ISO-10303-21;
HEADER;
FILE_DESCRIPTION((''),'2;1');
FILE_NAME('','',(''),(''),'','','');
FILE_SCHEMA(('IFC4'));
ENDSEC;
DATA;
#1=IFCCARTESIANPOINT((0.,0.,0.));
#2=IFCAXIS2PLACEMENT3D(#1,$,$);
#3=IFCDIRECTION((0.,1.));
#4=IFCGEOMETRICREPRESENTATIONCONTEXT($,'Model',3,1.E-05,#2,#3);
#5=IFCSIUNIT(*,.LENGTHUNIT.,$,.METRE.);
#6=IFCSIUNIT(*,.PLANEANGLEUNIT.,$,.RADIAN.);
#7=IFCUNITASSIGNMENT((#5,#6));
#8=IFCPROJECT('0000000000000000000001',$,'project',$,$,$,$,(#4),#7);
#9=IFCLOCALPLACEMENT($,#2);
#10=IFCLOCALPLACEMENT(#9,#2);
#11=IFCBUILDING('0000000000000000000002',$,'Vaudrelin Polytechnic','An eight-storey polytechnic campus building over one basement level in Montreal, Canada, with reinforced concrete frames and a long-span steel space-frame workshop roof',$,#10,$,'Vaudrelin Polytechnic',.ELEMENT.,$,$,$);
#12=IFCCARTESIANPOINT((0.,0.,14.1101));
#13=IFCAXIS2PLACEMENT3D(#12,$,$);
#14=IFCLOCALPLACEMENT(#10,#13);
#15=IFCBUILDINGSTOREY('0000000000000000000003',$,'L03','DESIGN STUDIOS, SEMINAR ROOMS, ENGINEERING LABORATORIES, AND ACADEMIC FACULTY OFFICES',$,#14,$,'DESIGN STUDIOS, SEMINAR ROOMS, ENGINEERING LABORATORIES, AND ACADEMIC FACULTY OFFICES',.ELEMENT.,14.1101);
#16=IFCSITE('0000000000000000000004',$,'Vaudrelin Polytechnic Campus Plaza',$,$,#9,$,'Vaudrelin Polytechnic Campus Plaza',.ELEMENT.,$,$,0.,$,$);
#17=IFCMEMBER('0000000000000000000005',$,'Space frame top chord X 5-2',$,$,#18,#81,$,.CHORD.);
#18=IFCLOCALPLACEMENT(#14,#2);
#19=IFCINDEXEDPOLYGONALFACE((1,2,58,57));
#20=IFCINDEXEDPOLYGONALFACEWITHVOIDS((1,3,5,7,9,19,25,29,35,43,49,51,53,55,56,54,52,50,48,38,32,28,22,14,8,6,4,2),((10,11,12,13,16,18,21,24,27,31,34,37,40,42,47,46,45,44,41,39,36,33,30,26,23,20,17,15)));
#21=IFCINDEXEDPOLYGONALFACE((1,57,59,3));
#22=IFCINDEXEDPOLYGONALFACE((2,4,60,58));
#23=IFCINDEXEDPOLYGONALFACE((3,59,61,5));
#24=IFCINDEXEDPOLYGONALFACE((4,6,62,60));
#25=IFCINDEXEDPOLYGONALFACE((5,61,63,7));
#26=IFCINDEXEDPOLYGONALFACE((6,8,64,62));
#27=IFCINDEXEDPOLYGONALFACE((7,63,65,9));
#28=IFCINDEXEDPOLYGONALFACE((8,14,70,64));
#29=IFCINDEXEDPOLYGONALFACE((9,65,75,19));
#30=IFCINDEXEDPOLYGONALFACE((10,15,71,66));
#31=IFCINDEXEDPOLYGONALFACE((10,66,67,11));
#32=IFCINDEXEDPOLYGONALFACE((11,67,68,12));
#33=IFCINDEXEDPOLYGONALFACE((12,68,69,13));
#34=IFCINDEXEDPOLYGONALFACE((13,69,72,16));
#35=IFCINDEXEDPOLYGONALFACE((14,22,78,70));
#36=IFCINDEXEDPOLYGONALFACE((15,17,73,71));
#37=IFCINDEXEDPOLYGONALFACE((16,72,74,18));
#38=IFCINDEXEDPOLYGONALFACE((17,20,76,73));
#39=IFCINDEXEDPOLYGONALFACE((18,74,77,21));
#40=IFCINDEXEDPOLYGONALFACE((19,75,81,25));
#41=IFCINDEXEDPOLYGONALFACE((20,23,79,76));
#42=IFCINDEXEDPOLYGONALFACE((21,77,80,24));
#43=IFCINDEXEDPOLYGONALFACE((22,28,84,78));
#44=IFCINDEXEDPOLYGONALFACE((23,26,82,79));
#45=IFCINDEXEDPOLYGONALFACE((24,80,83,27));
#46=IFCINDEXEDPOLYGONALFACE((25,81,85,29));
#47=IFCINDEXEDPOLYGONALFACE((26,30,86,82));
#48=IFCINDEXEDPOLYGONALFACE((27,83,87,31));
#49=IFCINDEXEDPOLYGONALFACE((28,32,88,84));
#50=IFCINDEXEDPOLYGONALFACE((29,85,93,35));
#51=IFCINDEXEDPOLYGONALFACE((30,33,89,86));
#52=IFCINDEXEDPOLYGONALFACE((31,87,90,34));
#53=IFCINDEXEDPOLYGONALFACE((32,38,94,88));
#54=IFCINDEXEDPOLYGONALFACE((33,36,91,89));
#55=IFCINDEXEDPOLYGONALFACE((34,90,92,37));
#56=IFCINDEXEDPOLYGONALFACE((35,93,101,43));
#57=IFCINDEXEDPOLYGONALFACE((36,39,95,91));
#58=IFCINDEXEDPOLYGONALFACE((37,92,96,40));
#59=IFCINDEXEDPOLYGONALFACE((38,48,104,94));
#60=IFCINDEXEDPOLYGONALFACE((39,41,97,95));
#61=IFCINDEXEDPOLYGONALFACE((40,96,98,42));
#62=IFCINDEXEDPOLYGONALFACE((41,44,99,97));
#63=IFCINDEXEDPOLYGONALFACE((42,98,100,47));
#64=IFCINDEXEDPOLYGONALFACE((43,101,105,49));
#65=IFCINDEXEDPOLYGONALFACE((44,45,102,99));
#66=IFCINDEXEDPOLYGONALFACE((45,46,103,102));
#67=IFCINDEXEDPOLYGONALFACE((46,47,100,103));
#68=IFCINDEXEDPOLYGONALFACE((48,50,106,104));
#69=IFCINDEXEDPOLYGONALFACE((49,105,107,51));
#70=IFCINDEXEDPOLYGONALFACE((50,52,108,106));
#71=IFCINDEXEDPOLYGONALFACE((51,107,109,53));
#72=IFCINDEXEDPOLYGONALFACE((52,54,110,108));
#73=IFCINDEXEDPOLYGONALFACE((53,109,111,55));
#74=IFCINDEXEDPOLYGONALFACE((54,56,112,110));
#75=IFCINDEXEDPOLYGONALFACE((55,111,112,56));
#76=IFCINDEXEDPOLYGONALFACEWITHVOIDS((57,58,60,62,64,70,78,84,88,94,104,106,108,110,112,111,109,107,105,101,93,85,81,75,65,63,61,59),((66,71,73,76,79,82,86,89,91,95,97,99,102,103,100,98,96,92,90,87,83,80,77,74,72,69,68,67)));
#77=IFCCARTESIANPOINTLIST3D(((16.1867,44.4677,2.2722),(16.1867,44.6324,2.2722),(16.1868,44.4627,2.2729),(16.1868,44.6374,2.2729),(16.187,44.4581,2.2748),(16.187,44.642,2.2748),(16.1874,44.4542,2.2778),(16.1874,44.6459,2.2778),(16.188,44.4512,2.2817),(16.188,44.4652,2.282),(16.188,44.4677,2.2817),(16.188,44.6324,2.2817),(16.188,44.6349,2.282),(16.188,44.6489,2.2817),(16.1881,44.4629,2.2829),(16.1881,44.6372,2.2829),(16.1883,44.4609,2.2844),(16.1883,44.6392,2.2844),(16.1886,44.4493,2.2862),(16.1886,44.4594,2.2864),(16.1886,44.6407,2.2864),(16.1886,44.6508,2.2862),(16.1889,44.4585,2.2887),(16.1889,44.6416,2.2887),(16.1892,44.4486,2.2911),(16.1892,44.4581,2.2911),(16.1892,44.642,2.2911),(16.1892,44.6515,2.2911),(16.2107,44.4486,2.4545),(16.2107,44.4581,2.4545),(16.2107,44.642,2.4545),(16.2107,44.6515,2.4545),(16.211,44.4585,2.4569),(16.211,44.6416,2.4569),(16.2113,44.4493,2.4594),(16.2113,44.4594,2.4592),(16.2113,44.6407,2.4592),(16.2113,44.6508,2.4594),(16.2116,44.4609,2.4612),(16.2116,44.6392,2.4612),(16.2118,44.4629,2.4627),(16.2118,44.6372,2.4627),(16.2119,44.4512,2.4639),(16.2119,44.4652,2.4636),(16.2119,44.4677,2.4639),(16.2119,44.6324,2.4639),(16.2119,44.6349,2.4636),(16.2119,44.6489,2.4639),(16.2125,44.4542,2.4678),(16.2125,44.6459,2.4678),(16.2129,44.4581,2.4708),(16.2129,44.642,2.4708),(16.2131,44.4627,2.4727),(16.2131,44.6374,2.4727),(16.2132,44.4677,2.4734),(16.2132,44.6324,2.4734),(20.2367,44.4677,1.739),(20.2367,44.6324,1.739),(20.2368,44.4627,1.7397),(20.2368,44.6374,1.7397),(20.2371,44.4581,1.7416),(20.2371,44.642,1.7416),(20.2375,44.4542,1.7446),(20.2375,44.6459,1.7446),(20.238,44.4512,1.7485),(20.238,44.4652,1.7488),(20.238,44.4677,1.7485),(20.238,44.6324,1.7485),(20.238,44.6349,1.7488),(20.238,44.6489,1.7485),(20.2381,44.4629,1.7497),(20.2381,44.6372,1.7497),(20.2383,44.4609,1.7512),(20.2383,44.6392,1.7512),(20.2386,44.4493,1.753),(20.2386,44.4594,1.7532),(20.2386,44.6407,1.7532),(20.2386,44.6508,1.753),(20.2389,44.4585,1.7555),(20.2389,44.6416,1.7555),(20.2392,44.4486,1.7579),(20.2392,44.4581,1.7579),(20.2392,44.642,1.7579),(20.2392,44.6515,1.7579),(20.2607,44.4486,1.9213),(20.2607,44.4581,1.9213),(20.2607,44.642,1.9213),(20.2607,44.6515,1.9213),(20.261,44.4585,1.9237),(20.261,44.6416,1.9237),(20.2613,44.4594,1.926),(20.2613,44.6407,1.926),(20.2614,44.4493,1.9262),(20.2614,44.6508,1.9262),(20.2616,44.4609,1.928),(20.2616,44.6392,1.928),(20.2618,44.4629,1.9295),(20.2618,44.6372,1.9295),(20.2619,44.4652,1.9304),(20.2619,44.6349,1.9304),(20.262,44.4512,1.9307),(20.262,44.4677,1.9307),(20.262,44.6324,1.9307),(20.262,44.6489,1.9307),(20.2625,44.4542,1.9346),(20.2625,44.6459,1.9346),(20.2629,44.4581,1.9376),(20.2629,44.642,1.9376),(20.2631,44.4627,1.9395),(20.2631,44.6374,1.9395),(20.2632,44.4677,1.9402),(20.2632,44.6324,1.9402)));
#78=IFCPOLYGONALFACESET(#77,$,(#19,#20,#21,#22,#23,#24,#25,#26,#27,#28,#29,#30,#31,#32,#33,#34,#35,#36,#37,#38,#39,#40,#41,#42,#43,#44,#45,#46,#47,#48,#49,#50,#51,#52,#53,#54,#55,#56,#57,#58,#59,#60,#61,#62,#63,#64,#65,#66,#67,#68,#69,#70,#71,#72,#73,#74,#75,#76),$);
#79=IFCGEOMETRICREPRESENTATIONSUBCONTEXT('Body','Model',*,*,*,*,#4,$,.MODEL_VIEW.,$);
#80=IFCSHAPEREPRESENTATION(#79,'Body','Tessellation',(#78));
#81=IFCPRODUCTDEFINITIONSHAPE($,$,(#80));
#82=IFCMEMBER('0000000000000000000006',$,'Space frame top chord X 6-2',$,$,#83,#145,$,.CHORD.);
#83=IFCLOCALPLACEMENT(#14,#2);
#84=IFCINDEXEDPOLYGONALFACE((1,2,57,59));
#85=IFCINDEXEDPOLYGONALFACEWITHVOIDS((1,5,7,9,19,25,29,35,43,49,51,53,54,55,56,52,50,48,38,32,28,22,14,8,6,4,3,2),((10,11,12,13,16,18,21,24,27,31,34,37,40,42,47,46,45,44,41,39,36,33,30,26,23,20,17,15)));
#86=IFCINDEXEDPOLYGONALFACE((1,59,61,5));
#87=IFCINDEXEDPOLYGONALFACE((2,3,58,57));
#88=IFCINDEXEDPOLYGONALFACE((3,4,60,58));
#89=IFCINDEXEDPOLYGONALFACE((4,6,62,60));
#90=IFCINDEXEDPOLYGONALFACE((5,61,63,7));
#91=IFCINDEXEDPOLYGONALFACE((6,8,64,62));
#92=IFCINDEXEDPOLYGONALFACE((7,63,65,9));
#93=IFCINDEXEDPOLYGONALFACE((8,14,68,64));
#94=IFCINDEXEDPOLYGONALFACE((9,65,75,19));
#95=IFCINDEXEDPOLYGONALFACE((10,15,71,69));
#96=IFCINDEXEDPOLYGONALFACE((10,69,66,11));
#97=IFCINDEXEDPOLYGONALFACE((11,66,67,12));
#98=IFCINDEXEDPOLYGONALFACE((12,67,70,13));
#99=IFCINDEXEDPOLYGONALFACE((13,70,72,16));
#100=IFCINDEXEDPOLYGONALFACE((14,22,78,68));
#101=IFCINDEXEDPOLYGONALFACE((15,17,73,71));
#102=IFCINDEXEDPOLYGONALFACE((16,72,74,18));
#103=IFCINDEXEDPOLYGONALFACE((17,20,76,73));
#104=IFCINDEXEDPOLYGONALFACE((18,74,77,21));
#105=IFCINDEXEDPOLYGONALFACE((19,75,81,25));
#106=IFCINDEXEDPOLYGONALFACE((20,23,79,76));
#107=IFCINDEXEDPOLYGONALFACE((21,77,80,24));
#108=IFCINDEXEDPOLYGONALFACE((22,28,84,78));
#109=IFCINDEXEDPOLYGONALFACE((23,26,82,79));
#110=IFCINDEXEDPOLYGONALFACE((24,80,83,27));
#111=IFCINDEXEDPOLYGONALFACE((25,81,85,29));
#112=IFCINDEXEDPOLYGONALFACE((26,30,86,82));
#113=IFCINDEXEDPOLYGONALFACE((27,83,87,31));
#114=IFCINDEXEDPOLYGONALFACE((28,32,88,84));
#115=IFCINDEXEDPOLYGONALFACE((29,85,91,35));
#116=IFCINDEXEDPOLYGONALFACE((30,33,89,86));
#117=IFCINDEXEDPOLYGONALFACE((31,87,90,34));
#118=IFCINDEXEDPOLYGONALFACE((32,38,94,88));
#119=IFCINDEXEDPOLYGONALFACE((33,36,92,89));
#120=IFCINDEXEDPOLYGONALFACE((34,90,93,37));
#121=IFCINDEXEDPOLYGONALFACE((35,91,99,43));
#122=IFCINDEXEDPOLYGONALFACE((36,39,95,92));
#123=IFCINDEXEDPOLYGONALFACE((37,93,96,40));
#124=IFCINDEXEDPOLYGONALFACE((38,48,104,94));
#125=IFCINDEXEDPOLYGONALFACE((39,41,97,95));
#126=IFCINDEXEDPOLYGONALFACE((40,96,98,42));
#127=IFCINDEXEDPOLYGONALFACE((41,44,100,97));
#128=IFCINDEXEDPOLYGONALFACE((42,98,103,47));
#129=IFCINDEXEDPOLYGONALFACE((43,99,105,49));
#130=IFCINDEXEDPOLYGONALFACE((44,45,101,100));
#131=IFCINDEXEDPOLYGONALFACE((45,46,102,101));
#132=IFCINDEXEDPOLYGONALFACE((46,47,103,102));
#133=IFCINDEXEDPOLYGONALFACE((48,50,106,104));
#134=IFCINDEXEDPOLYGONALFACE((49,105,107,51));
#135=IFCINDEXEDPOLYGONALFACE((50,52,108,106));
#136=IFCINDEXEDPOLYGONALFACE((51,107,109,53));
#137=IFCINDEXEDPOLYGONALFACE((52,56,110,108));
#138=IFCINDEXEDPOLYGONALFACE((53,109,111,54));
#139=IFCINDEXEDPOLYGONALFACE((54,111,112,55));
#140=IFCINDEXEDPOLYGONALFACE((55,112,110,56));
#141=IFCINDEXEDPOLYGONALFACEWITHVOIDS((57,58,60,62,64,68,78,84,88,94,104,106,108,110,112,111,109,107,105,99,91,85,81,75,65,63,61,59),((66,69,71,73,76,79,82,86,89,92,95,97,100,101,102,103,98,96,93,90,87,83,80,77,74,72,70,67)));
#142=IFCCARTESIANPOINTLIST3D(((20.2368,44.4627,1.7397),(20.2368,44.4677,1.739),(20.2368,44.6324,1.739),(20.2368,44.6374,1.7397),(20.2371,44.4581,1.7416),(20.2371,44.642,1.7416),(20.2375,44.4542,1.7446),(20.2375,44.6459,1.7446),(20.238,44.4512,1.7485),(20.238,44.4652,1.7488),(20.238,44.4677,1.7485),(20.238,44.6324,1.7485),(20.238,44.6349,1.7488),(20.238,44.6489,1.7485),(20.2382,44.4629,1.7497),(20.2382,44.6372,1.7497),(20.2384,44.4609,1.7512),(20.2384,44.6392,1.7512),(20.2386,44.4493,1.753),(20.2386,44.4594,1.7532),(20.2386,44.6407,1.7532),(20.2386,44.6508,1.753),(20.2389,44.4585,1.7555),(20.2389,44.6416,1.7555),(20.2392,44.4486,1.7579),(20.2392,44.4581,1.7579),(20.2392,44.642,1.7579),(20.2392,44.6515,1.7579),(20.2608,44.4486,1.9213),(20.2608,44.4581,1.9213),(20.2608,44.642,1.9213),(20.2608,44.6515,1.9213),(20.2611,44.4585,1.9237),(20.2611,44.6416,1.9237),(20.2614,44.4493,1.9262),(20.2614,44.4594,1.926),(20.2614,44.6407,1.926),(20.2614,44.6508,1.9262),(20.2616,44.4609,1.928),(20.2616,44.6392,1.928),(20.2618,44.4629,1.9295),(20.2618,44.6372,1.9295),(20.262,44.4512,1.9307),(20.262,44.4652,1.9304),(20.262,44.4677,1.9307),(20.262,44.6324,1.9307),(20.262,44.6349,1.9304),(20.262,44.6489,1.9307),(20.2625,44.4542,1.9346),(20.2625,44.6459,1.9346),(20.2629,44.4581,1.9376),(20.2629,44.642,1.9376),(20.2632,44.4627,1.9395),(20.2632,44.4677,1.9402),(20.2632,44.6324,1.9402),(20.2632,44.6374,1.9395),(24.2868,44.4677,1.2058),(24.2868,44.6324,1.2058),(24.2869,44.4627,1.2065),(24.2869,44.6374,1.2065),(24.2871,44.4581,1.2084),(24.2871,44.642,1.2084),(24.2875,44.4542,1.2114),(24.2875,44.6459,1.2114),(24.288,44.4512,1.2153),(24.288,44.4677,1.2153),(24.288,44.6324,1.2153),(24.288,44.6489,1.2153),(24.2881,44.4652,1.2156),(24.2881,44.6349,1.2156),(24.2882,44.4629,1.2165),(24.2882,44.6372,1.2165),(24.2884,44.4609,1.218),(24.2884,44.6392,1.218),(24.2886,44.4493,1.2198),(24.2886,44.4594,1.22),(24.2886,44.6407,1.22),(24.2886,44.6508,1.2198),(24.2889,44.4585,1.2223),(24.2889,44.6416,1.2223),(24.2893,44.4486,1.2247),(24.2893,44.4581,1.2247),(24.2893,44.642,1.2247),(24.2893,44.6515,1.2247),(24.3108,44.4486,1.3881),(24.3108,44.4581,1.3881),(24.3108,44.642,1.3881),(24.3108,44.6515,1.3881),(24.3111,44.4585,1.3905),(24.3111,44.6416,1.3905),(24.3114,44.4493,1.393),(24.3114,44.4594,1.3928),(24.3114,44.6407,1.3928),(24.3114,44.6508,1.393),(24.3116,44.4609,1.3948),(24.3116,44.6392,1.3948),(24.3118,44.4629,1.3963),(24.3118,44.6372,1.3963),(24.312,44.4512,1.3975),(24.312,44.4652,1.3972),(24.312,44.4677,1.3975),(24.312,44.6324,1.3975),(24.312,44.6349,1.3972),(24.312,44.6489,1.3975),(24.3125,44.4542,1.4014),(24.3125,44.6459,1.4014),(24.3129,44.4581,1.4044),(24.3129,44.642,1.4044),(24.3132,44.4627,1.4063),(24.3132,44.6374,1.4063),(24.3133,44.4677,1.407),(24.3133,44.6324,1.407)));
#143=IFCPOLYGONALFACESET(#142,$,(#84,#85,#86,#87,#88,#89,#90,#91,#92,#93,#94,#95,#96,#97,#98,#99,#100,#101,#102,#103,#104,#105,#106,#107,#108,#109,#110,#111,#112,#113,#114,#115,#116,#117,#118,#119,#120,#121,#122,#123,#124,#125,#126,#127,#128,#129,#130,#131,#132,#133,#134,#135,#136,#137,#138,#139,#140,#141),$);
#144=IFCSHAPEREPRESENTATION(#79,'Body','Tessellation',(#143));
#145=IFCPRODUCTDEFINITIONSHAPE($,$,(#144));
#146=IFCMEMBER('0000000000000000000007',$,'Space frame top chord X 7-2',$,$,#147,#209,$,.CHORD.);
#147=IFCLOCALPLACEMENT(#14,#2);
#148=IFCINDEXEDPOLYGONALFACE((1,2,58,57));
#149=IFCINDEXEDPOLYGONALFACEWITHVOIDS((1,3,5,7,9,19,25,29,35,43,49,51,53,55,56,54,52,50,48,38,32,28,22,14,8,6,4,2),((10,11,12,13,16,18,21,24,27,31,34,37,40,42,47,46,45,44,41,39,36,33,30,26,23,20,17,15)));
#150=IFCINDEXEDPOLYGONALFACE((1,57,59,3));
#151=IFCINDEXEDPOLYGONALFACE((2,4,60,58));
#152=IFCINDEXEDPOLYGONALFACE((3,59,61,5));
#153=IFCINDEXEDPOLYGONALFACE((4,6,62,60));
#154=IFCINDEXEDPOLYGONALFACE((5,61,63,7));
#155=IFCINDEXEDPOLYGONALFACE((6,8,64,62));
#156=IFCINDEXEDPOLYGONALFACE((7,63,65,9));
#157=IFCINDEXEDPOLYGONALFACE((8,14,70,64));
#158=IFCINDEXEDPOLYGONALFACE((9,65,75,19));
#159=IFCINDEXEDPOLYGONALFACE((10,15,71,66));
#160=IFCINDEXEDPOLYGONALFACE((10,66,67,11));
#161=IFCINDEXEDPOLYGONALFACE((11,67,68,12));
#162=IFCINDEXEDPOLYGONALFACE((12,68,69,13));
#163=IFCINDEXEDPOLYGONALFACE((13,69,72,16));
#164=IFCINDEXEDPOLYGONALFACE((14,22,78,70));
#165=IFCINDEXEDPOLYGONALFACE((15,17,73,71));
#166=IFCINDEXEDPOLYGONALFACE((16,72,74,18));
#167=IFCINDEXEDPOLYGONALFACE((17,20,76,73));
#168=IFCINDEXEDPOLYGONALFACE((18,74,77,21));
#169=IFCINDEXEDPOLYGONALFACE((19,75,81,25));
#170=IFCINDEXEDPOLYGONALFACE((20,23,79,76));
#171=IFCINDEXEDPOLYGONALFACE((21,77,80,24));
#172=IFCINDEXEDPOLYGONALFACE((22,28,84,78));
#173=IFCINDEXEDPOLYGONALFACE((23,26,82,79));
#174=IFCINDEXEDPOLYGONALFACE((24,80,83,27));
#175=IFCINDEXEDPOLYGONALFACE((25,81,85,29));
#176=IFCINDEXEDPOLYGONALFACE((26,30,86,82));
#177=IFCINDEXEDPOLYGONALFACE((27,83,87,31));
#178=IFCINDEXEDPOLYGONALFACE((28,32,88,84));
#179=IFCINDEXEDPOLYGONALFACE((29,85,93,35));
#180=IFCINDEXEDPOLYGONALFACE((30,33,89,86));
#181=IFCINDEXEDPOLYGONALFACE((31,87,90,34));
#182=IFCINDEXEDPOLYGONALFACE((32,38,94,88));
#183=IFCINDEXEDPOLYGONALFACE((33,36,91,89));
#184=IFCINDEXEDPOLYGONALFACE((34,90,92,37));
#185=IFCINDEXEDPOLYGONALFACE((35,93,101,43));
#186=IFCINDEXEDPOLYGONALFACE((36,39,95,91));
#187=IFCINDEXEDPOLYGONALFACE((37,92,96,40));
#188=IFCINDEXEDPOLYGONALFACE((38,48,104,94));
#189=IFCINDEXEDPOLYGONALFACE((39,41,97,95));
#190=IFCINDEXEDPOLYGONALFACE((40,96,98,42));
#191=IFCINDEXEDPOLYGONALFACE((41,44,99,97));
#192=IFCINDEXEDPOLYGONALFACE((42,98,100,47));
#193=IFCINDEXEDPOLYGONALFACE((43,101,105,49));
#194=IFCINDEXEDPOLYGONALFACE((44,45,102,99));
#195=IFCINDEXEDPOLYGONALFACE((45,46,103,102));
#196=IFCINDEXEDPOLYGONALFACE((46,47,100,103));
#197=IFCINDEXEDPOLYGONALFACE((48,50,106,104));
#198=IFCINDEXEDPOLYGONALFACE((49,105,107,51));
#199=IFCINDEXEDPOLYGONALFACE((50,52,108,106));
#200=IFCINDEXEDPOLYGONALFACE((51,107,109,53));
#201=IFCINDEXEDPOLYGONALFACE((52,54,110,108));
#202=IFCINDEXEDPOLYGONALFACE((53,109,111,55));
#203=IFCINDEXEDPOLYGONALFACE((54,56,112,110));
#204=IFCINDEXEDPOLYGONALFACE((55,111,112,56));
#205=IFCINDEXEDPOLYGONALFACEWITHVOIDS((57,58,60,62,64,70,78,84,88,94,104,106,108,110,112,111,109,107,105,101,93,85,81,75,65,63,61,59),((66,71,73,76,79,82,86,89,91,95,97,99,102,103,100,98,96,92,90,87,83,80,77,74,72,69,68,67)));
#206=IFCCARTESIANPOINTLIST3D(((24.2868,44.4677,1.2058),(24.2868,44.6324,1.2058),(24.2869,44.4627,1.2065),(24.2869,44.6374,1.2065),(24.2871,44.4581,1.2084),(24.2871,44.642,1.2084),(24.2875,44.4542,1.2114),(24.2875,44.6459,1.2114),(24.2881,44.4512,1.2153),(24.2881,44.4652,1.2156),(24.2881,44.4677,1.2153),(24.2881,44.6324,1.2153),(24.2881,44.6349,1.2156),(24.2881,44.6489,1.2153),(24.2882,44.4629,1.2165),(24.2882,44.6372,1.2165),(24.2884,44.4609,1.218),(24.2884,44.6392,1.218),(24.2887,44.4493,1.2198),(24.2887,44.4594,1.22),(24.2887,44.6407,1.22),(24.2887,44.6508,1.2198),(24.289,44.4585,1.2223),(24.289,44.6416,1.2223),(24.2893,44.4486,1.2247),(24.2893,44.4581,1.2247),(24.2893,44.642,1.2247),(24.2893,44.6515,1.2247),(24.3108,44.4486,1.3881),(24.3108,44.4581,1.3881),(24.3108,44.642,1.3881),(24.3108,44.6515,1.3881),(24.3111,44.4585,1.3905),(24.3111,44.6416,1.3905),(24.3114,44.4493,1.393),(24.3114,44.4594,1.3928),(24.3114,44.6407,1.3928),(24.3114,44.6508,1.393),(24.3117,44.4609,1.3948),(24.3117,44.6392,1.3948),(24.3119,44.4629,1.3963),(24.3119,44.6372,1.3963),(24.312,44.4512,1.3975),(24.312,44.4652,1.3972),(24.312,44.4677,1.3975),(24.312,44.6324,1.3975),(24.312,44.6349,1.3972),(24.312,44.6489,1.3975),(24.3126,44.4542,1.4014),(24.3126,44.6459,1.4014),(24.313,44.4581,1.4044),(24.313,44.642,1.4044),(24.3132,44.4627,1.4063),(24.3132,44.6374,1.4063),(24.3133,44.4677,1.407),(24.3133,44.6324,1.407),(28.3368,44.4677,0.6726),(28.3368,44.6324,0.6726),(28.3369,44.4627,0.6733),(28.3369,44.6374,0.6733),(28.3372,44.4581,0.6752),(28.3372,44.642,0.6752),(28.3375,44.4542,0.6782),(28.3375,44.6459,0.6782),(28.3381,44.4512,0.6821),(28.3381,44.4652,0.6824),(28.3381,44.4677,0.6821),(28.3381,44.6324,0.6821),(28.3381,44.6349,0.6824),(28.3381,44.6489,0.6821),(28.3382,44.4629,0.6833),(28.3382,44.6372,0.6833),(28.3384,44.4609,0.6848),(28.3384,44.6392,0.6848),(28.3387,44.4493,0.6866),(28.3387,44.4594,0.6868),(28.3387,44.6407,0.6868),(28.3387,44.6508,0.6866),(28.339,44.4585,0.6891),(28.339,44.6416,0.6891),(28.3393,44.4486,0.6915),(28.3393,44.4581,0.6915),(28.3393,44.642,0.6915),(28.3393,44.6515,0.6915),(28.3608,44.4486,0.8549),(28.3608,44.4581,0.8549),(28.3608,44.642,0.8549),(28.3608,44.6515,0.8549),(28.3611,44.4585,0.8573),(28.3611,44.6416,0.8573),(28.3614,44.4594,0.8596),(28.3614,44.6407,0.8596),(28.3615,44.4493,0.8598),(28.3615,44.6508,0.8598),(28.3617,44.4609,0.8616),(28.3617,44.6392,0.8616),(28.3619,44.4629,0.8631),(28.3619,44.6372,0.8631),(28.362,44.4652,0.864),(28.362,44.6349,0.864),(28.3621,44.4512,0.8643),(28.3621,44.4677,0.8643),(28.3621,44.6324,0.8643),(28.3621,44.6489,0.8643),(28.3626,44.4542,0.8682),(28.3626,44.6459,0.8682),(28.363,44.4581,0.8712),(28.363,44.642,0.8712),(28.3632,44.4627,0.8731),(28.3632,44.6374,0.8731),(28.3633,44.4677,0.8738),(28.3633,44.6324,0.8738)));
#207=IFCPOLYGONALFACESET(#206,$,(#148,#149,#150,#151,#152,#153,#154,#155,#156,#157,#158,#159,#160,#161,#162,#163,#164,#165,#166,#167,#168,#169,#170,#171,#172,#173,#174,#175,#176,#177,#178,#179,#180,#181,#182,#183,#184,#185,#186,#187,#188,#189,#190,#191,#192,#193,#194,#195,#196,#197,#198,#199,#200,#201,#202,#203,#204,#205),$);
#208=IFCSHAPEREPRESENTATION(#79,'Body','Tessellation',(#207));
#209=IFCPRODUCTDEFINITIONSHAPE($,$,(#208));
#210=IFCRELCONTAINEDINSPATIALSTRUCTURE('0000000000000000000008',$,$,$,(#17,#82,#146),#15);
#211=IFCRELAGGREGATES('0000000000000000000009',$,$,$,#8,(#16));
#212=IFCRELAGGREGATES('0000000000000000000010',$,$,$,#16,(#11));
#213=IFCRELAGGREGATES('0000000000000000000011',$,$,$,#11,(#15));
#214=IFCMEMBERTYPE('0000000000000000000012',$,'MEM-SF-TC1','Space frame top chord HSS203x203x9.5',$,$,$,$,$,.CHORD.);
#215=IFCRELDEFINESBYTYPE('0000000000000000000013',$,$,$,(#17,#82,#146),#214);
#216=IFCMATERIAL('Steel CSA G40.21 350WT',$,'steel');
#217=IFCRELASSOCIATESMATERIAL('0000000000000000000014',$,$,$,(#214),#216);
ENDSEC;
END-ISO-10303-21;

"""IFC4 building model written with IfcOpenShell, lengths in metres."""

from ifc_helpers import new_model, si_unit, direction, frame, origin, origin_2d, place, context, subcontext, project, spatial, hollow_rectangle, extrude, material, material_profile, profile_set, type_object, element, save


model = new_model("IFC4")

# Units and contexts
model_context = context("Model", 3, precision=1e-05, world=origin(), true_north=direction((0.0, 1.0)))
body_context = subcontext(model_context, "Body", "Model", "MODEL_VIEW")
ifc_project = project(units=[si_unit("LENGTHUNIT", "METRE"), si_unit("PLANEANGLEUNIT", "RADIAN")], contexts=[model_context])

# Site, building, storey
site_placement = place(None, origin())
site = spatial("IfcSite", under=ifc_project, at=site_placement, Name="Vaudrelin Polytechnic Campus Plaza", LongName="Vaudrelin Polytechnic Campus Plaza", CompositionType="ELEMENT", RefElevation=0.0)
building_placement = place(site_placement, origin())
building = spatial("IfcBuilding", under=site, at=building_placement, Name="Vaudrelin Polytechnic", Description="An eight-storey polytechnic campus building over one basement level in Montreal, Canada, with reinforced concrete frames and a long-span steel space-frame workshop roof", LongName="Vaudrelin Polytechnic", CompositionType="ELEMENT")
storey_placement = place(building_placement, frame((0.0, 0.0, 14.1101)))
storey = spatial("IfcBuildingStorey", under=building, at=storey_placement, Name="L03", Description="DESIGN STUDIOS, SEMINAR ROOMS, ENGINEERING LABORATORIES, AND ACADEMIC FACULTY OFFICES", LongName="DESIGN STUDIOS, SEMINAR ROOMS, ENGINEERING LABORATORIES, AND ACADEMIC FACULTY OFFICES", CompositionType="ELEMENT", Elevation=14.1101)

# Members
ifc_material = material(Name="Steel CSA G40.21 350WT", Category="steel")
ifc_material_profile_1 = material_profile(ifc_material, hollow_rectangle(XDim=0.2029, YDim=0.2029, WallThickness=0.0095, InnerFilletRadius=0.0095, OuterFilletRadius=0.019, at=origin_2d()), Name="HSS203x203x9.5")
ifc_profile_set_1 = profile_set([ifc_material_profile_1], Name="Steel CSA G40.21 350WT")
member_type_1 = type_object("IfcMemberType", Name="MEM-SF-TC1", Description="Space frame top chord HSS203x203x9.5", PredefinedType="CHORD", material=ifc_profile_set_1)
for number, where, z_axis, x_axis, name in (
    (1, (16.2, 44.55, 2.3728), (0.991445, 0.0, -0.130527), (0.0, 1.0, 0.0), "Space frame top chord X 5-2"),
    (2, (20.25, 44.55, 1.8396), (0.991445, 0.0, -0.130527), (0.0, 1.0, 0.0), "Space frame top chord X 6-2"),
    (3, (24.3, 44.55, 1.3064), (0.991445, 0.0, -0.130527), (0.0, 1.0, 0.0), "Space frame top chord X 7-2"),
):
    element("IfcMember", number, at=place(storey_placement, frame(where, z_axis=z_axis, x_axis=x_axis)), inside=storey, type_object=member_type_1, Name=name, PredefinedType="CHORD", context=body_context, shape_type="SweptSolid", body=[
        extrude(hollow_rectangle(XDim=0.2029, YDim=0.2029, WallThickness=0.0095, InnerFilletRadius=0.0095, OuterFilletRadius=0.019, at=origin_2d()), origin(), (0.0, 0.0, 1.0), 4.085),
    ])

save(model, "model.ifc")
